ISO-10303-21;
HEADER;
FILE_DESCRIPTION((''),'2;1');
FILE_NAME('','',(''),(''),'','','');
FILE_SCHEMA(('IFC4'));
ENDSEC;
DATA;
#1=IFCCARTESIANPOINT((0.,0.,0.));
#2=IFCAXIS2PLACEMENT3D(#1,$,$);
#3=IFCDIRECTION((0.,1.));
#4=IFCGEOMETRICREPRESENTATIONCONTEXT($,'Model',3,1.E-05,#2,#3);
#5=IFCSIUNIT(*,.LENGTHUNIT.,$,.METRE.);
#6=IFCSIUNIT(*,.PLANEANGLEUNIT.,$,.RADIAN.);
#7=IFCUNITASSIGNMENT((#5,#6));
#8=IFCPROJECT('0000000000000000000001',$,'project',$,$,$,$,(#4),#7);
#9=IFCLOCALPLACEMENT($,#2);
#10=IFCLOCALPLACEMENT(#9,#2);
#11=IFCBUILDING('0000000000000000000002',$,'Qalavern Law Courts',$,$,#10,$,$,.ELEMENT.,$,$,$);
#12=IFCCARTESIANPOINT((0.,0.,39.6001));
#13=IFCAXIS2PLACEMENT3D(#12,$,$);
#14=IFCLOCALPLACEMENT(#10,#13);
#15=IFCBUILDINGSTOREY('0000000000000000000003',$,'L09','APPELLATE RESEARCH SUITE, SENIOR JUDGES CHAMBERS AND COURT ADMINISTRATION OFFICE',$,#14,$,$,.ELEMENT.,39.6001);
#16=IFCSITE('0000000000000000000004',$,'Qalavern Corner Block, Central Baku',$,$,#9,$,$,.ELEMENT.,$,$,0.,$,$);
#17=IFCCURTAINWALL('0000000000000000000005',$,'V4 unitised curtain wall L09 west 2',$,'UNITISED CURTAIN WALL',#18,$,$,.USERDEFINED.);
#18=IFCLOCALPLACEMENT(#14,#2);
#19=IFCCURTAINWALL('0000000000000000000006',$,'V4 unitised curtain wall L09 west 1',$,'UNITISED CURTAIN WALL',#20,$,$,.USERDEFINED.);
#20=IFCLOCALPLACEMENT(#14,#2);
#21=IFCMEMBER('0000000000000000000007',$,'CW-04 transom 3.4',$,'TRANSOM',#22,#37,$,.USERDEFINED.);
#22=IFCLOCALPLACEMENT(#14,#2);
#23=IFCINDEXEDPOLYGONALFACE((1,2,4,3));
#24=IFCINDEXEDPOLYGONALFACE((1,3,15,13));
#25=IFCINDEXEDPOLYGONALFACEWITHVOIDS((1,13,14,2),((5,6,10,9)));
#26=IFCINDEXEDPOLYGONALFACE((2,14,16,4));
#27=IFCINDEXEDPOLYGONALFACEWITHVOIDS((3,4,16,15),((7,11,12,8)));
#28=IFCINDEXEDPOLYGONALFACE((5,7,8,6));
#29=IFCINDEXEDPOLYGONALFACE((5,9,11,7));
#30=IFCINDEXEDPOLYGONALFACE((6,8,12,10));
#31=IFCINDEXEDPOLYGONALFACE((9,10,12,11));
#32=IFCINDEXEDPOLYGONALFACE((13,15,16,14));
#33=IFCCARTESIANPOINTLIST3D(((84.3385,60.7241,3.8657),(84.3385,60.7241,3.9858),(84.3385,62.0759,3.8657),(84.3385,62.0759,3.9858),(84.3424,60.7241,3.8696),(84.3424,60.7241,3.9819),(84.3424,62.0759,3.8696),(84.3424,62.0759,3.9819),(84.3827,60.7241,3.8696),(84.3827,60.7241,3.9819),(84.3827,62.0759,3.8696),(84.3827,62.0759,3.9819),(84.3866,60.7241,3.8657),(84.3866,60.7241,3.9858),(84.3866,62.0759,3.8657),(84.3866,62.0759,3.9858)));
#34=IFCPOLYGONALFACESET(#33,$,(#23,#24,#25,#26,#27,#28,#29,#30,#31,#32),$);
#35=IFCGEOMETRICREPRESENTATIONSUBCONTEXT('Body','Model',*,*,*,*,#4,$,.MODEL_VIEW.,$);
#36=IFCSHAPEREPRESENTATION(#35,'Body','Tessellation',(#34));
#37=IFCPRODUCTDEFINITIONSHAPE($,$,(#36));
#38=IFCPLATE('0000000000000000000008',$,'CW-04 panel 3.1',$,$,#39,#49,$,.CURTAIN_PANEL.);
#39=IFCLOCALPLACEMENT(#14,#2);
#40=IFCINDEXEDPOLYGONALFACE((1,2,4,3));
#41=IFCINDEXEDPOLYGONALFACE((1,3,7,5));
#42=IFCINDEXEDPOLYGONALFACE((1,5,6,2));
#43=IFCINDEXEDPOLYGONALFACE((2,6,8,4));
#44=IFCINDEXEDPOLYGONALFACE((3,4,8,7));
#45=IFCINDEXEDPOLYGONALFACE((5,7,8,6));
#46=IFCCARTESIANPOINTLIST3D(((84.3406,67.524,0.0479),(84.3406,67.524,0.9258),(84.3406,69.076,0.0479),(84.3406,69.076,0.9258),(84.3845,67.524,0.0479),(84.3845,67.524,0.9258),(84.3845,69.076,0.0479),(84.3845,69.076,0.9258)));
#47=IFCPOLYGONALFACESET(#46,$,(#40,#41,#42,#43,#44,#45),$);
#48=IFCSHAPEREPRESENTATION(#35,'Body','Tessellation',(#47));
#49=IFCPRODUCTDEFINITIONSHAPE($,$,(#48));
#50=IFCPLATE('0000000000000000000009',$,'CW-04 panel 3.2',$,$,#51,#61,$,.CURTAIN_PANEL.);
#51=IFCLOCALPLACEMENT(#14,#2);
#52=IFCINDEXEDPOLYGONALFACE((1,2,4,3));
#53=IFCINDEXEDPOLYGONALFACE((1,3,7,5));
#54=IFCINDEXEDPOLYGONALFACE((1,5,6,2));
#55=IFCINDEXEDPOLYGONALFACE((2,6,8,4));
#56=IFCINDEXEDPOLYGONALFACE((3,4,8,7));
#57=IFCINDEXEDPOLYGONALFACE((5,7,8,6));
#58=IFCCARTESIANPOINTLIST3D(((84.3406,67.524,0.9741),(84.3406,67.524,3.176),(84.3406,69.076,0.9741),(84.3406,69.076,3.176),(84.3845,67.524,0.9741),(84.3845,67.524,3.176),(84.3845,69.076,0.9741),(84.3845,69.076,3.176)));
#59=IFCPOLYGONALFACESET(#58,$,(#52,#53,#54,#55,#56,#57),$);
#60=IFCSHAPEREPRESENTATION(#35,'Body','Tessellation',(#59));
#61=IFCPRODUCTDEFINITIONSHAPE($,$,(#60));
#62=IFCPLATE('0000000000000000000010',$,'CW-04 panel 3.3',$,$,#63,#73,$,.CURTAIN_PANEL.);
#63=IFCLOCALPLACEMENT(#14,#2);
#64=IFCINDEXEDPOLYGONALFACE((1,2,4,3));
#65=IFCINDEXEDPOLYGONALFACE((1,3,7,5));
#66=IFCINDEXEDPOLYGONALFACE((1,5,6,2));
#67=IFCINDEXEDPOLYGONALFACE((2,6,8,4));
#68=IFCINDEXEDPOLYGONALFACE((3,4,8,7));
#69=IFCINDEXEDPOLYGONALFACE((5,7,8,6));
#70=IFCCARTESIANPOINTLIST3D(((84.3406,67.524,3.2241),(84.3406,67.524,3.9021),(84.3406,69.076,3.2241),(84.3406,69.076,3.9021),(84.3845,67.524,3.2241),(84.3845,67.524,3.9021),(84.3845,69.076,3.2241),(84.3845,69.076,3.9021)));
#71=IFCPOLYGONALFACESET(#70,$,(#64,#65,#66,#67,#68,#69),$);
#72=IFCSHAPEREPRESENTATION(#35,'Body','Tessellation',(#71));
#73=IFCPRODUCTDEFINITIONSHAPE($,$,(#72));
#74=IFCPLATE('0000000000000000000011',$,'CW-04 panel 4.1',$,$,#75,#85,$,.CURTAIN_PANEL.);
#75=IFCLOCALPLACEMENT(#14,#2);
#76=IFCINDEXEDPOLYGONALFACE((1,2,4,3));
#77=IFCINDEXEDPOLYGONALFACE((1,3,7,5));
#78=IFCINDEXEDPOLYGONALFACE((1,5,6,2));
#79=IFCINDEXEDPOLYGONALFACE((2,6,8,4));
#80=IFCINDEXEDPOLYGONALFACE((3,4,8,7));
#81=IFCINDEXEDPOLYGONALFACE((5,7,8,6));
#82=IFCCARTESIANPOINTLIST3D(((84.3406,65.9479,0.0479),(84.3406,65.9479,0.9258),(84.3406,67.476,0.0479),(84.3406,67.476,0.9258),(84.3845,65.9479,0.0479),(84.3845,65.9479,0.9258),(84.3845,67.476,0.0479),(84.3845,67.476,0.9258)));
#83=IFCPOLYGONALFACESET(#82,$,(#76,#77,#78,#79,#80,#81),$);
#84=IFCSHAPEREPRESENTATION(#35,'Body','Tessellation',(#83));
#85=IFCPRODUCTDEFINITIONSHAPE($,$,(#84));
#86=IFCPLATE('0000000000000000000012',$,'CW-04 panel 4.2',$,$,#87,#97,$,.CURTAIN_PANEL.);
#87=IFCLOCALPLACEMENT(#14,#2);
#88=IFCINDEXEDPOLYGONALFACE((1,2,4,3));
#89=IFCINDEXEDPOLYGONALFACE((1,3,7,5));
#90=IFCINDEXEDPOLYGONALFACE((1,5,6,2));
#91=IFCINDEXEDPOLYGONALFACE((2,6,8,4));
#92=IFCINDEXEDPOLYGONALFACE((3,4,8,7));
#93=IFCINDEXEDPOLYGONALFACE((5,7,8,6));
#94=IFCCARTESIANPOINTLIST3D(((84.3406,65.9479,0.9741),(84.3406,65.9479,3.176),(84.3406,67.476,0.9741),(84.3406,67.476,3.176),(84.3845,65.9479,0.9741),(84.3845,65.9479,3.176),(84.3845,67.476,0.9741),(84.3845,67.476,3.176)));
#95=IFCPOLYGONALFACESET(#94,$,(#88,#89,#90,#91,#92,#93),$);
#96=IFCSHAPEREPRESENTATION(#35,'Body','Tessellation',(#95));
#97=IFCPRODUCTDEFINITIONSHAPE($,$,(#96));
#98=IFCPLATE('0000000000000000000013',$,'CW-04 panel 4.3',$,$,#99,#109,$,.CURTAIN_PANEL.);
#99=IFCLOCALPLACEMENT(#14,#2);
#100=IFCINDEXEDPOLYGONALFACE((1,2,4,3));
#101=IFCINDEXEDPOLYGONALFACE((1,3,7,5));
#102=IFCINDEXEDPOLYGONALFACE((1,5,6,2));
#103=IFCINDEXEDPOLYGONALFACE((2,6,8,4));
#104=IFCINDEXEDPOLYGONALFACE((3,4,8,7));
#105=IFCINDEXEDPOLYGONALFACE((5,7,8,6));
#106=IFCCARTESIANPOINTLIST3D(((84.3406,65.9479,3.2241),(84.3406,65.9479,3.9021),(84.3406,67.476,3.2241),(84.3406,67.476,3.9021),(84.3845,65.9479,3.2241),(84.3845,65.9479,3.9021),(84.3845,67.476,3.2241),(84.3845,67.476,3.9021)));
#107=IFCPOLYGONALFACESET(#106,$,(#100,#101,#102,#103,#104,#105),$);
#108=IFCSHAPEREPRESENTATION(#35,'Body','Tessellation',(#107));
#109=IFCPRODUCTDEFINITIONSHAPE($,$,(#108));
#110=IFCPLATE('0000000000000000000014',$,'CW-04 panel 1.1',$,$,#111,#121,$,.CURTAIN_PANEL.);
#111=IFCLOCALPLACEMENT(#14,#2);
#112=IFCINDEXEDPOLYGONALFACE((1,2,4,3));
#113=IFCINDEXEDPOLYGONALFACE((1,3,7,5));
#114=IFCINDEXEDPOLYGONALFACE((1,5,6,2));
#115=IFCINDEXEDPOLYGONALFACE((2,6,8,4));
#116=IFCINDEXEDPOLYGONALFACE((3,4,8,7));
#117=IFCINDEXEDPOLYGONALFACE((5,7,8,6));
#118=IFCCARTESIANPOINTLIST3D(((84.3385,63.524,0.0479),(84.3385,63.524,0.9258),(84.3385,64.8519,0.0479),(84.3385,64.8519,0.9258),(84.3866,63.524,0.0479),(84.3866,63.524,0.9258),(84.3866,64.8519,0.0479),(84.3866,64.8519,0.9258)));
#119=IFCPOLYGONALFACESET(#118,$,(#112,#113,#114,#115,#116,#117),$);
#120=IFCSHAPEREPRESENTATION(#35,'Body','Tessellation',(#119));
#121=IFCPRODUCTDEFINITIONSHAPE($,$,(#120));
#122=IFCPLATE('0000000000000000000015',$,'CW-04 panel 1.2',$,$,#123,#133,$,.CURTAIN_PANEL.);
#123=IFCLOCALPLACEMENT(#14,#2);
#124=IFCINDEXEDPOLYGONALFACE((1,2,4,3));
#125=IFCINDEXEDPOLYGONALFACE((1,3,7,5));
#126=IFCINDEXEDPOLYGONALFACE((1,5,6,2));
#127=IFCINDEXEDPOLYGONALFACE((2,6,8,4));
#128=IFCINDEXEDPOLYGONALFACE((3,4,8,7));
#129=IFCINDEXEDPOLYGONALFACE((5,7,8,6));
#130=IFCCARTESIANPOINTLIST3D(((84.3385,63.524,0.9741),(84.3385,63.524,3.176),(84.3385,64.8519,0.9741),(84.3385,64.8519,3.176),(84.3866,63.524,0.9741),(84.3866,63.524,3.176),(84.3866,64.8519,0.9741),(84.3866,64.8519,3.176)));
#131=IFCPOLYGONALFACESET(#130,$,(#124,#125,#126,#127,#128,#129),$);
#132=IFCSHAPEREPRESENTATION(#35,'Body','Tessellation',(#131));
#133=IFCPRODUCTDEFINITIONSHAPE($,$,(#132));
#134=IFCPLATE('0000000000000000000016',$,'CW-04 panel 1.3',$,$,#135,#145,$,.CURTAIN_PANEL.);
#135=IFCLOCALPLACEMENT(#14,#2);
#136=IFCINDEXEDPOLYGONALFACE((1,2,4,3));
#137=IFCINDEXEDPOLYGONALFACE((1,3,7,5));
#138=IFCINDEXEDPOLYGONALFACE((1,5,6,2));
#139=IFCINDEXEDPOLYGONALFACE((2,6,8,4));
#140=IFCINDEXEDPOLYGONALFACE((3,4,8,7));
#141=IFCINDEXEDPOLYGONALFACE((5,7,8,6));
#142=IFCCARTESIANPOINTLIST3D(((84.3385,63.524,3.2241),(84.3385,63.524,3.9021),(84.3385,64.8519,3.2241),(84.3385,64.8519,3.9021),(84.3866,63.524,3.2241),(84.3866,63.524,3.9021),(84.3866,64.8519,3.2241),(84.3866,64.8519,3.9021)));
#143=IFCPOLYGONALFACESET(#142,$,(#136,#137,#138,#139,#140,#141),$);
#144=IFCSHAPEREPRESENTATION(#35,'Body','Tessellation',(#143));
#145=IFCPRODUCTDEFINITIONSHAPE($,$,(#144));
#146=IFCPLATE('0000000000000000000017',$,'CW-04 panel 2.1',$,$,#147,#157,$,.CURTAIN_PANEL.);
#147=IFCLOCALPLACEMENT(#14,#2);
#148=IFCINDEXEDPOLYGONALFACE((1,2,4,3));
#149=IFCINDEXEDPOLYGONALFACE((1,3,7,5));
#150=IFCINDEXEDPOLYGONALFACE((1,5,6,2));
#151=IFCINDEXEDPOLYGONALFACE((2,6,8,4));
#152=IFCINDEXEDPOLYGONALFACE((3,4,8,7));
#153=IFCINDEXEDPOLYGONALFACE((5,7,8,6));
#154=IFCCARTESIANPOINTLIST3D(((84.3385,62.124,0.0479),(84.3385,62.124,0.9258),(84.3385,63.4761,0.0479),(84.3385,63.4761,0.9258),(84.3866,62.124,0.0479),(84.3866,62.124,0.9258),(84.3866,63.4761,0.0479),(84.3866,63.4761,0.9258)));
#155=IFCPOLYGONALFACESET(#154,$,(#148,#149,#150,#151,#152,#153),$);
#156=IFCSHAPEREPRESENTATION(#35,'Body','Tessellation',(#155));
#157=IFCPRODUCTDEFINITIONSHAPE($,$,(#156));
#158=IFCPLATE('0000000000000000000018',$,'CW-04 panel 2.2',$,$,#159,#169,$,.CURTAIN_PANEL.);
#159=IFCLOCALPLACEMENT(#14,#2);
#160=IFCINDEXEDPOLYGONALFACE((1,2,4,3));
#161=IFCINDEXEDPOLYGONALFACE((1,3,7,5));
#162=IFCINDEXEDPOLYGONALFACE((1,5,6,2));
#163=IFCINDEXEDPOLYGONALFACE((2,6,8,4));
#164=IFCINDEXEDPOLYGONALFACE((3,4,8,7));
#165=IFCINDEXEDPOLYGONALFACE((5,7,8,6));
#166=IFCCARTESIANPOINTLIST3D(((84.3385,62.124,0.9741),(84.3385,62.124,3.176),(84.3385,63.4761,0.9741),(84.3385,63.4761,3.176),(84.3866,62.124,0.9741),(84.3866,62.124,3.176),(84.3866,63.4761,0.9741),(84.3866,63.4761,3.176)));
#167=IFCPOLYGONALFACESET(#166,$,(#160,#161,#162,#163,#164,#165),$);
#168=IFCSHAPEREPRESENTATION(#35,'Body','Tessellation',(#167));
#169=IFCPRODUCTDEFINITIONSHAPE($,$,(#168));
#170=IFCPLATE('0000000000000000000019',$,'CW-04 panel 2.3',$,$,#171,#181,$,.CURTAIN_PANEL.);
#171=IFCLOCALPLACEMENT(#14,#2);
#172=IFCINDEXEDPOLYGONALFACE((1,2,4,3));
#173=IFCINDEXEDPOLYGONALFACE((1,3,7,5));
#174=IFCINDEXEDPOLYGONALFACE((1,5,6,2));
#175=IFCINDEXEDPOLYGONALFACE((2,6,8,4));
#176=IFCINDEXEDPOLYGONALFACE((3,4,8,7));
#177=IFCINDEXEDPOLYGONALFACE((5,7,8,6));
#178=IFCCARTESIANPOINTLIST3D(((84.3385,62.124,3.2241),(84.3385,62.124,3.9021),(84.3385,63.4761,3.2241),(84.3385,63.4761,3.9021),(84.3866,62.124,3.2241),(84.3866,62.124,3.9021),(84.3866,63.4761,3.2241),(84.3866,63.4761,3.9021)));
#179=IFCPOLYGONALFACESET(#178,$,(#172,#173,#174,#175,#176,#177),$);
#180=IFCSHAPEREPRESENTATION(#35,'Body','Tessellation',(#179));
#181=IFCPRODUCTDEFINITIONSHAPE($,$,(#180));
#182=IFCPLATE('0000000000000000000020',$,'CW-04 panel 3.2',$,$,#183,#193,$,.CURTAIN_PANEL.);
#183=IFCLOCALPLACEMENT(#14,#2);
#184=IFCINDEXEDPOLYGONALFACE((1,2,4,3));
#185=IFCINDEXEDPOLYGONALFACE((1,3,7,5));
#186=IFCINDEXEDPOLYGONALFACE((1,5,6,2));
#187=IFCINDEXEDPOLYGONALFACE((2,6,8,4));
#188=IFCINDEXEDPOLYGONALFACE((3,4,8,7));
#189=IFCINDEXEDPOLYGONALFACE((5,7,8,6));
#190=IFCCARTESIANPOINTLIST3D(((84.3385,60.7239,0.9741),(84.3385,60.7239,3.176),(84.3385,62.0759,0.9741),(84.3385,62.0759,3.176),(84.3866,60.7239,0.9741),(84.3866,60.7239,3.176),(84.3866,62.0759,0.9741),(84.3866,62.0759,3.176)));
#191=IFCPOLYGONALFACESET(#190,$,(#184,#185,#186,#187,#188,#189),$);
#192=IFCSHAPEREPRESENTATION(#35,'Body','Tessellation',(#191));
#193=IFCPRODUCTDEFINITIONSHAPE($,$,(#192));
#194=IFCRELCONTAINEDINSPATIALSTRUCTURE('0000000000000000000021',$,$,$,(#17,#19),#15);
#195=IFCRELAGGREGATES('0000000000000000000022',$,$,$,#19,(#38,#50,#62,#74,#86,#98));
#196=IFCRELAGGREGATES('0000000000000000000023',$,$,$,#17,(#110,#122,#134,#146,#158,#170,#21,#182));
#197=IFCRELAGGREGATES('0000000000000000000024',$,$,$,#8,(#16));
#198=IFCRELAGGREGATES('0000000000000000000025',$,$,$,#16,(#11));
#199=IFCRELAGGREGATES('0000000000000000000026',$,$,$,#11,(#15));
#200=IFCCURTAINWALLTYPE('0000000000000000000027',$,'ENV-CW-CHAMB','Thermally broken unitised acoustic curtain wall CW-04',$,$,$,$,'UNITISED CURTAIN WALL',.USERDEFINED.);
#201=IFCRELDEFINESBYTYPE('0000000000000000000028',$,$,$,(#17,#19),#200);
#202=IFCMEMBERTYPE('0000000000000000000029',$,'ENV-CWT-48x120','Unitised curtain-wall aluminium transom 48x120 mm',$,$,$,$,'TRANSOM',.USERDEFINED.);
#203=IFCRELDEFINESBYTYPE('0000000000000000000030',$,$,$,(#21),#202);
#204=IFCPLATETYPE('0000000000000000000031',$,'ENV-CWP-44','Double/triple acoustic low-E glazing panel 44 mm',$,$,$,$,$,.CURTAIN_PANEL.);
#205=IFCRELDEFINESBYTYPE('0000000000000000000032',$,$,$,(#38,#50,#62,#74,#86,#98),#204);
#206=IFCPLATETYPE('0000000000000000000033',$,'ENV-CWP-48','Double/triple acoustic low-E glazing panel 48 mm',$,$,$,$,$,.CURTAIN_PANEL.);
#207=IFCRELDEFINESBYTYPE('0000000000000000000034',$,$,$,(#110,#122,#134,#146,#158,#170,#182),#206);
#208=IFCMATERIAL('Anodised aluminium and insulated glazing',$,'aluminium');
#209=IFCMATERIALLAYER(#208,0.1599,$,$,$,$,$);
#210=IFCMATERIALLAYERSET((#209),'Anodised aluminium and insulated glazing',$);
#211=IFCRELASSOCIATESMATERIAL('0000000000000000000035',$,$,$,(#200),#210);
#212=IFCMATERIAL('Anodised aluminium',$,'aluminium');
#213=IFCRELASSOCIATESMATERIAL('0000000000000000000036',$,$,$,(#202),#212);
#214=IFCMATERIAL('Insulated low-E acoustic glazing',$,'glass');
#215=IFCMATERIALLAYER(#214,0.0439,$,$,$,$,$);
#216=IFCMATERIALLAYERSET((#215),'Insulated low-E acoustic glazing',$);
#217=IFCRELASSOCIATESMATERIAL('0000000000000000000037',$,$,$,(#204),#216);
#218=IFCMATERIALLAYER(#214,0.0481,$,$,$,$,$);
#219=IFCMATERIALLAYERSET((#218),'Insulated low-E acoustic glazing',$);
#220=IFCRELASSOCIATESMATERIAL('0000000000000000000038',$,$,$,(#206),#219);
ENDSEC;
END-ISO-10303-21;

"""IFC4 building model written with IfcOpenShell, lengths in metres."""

from ifc_helpers import new_model, si_unit, direction, frame, origin, origin_2d, place, context, subcontext, project, spatial, rectangle, hollow_rectangle, extrude, material, layer, layer_set, material_profile, profile_set, type_object, element, aggregate, save


model = new_model("IFC4")

# Units and contexts
model_context = context("Model", 3, precision=1e-05, world=origin(), true_north=direction((0.0, 1.0)))
body_context = subcontext(model_context, "Body", "Model", "MODEL_VIEW")
ifc_project = project(units=[si_unit("LENGTHUNIT", "METRE"), si_unit("PLANEANGLEUNIT", "RADIAN")], contexts=[model_context])

# Site, building, storey
site_placement = place(None, origin())
site = spatial("IfcSite", under=ifc_project, at=site_placement, Name="Qalavern Corner Block, Central Baku", CompositionType="ELEMENT", RefElevation=0.0)
building_placement = place(site_placement, origin())
building = spatial("IfcBuilding", under=site, at=building_placement, Name="Qalavern Law Courts", CompositionType="ELEMENT")
storey_placement = place(building_placement, frame((0.0, 0.0, 39.6001)))
storey = spatial("IfcBuildingStorey", under=building, at=storey_placement, Name="L09", Description="APPELLATE RESEARCH SUITE, SENIOR JUDGES CHAMBERS AND COURT ADMINISTRATION OFFICE", CompositionType="ELEMENT", Elevation=39.6001)

# Curtain walls
ifc_material_1 = material(Name="Anodised aluminium and insulated glazing", Category="aluminium")
ifc_layer_1 = layer(ifc_material_1, 0.1599)
ifc_layer_set_1 = layer_set([ifc_layer_1], Name="Anodised aluminium and insulated glazing")
curtain_wall_type = type_object("IfcCurtainWallType", Name="ENV-CW-CHAMB", Description="Thermally broken unitised acoustic curtain wall CW-04", ElementType="UNITISED CURTAIN WALL", PredefinedType="USERDEFINED", material=ifc_layer_set_1)
curtain_wall_1_placement = place(storey_placement, origin())
curtain_wall_1 = element("IfcCurtainWall", 1, at=curtain_wall_1_placement, inside=storey, type_object=curtain_wall_type, Name="V4 unitised curtain wall L09 west 2", ObjectType="UNITISED CURTAIN WALL", PredefinedType="USERDEFINED")
ifc_material_2 = material(Name="Anodised aluminium", Category="aluminium")
curtain_wall_2_placement = place(storey_placement, origin())
curtain_wall_2 = element("IfcCurtainWall", 2, at=curtain_wall_2_placement, inside=storey, type_object=curtain_wall_type, Name="V4 unitised curtain wall L09 west 1", ObjectType="UNITISED CURTAIN WALL", PredefinedType="USERDEFINED")
ifc_material_profile_1 = material_profile(ifc_material_2, hollow_rectangle(XDim=0.0481, YDim=0.1201, WallThickness=0.0039, at=origin_2d()), Name="ALU TRANSOM 48x120")
ifc_profile_set_1 = profile_set([ifc_material_profile_1], Name="Anodised aluminium")
member_type_1 = type_object("IfcMemberType", Name="ENV-CWT-48x120", Description="Unitised curtain-wall aluminium transom 48x120 mm", ElementType="TRANSOM", PredefinedType="USERDEFINED", material=ifc_profile_set_1)

# Member
member_1_placement = place(storey_placement, frame((84.3625, 62.0759, 3.9258), z_axis=(0.0, -1.0, 0.0), x_axis=(1.0, 0.0, 0.0)))
member_1 = element("IfcMember", 3, at=member_1_placement, type_object=member_type_1, Name="CW-04 transom 3.4", ObjectType="TRANSOM", PredefinedType="USERDEFINED", context=body_context, shape_type="SweptSolid", body=[
    extrude(hollow_rectangle(XDim=0.0481, YDim=0.1201, WallThickness=0.0039, at=origin_2d()), origin(), (0.0, 0.0, 1.0), 1.3518),
])

# Plates
ifc_material_3 = material(Name="Insulated low-E acoustic glazing", Category="glass")
ifc_layer_2 = layer(ifc_material_3, 0.0439)
ifc_layer_set_2 = layer_set([ifc_layer_2], Name="Insulated low-E acoustic glazing")
plate_type_1 = type_object("IfcPlateType", Name="ENV-CWP-44", Description="Double/triple acoustic low-E glazing panel 44 mm", PredefinedType="CURTAIN_PANEL", material=ifc_layer_set_2)
plate_1_placement = place(storey_placement, frame((84.3625, 68.3, 0.0479), z_axis=(0.0, 0.0, 1.0), x_axis=(0.0, -1.0, 0.0)))
plate_1 = element("IfcPlate", 4, at=plate_1_placement, type_object=plate_type_1, Name="CW-04 panel 3.1", PredefinedType="CURTAIN_PANEL", context=body_context, shape_type="SweptSolid", body=[
    extrude(rectangle(XDim=1.552, YDim=0.0439, at=origin_2d()), origin(), (0.0, 0.0, 1.0), 0.8779),
])
plate_2_placement = place(storey_placement, frame((84.3625, 68.3, 0.9741), z_axis=(0.0, 0.0, 1.0), x_axis=(0.0, -1.0, 0.0)))
plate_2 = element("IfcPlate", 5, at=plate_2_placement, type_object=plate_type_1, Name="CW-04 panel 3.2", PredefinedType="CURTAIN_PANEL", context=body_context, shape_type="SweptSolid", body=[
    extrude(rectangle(XDim=1.552, YDim=0.0439, at=origin_2d()), origin(), (0.0, 0.0, 1.0), 2.2019),
])
plate_3_placement = place(storey_placement, frame((84.3625, 68.3, 3.2241), z_axis=(0.0, 0.0, 1.0), x_axis=(0.0, -1.0, 0.0)))
plate_3 = element("IfcPlate", 6, at=plate_3_placement, type_object=plate_type_1, Name="CW-04 panel 3.3", PredefinedType="CURTAIN_PANEL", context=body_context, shape_type="SweptSolid", body=[
    extrude(rectangle(XDim=1.552, YDim=0.0439, at=origin_2d()), origin(), (0.0, 0.0, 1.0), 0.678),
])
plate_4_placement = place(storey_placement, frame((84.3625, 66.7119, 0.0479), z_axis=(0.0, 0.0, 1.0), x_axis=(0.0, -1.0, 0.0)))
plate_4 = element("IfcPlate", 7, at=plate_4_placement, type_object=plate_type_1, Name="CW-04 panel 4.1", PredefinedType="CURTAIN_PANEL", context=body_context, shape_type="SweptSolid", body=[
    extrude(rectangle(XDim=1.5281, YDim=0.0439, at=origin_2d()), origin(), (0.0, 0.0, 1.0), 0.8779),
])
plate_5_placement = place(storey_placement, frame((84.3625, 66.7119, 0.9741), z_axis=(0.0, 0.0, 1.0), x_axis=(0.0, -1.0, 0.0)))
plate_5 = element("IfcPlate", 8, at=plate_5_placement, type_object=plate_type_1, Name="CW-04 panel 4.2", PredefinedType="CURTAIN_PANEL", context=body_context, shape_type="SweptSolid", body=[
    extrude(rectangle(XDim=1.5281, YDim=0.0439, at=origin_2d()), origin(), (0.0, 0.0, 1.0), 2.2019),
])
plate_6_placement = place(storey_placement, frame((84.3625, 66.7119, 3.2241), z_axis=(0.0, 0.0, 1.0), x_axis=(0.0, -1.0, 0.0)))
plate_6 = element("IfcPlate", 9, at=plate_6_placement, type_object=plate_type_1, Name="CW-04 panel 4.3", PredefinedType="CURTAIN_PANEL", context=body_context, shape_type="SweptSolid", body=[
    extrude(rectangle(XDim=1.5281, YDim=0.0439, at=origin_2d()), origin(), (0.0, 0.0, 1.0), 0.678),
])
aggregate(curtain_wall_2, [plate_1, plate_2, plate_3, plate_4, plate_5, plate_6])
ifc_layer_3 = layer(ifc_material_3, 0.0481)
ifc_layer_set_3 = layer_set([ifc_layer_3], Name="Insulated low-E acoustic glazing")
plate_type_2 = type_object("IfcPlateType", Name="ENV-CWP-48", Description="Double/triple acoustic low-E glazing panel 48 mm", PredefinedType="CURTAIN_PANEL", material=ifc_layer_set_3)
plate_7_placement = place(storey_placement, frame((84.3625, 64.188, 0.0479), z_axis=(0.0, 0.0, 1.0), x_axis=(0.0, -1.0, 0.0)))
plate_7 = element("IfcPlate", 10, at=plate_7_placement, type_object=plate_type_2, Name="CW-04 panel 1.1", PredefinedType="CURTAIN_PANEL", context=body_context, shape_type="SweptSolid", body=[
    extrude(rectangle(XDim=1.3279, YDim=0.0481, at=origin_2d()), origin(), (0.0, 0.0, 1.0), 0.8779),
])
plate_8_placement = place(storey_placement, frame((84.3625, 64.188, 0.9741), z_axis=(0.0, 0.0, 1.0), x_axis=(0.0, -1.0, 0.0)))
plate_8 = element("IfcPlate", 11, at=plate_8_placement, type_object=plate_type_2, Name="CW-04 panel 1.2", PredefinedType="CURTAIN_PANEL", context=body_context, shape_type="SweptSolid", body=[
    extrude(rectangle(XDim=1.3279, YDim=0.0481, at=origin_2d()), origin(), (0.0, 0.0, 1.0), 2.2019),
])
plate_9_placement = place(storey_placement, frame((84.3625, 64.188, 3.2241), z_axis=(0.0, 0.0, 1.0), x_axis=(0.0, -1.0, 0.0)))
plate_9 = element("IfcPlate", 12, at=plate_9_placement, type_object=plate_type_2, Name="CW-04 panel 1.3", PredefinedType="CURTAIN_PANEL", context=body_context, shape_type="SweptSolid", body=[
    extrude(rectangle(XDim=1.3279, YDim=0.0481, at=origin_2d()), origin(), (0.0, 0.0, 1.0), 0.678),
])
plate_10_placement = place(storey_placement, frame((84.3625, 62.8, 0.0479), z_axis=(0.0, 0.0, 1.0), x_axis=(0.0, -1.0, 0.0)))
plate_10 = element("IfcPlate", 13, at=plate_10_placement, type_object=plate_type_2, Name="CW-04 panel 2.1", PredefinedType="CURTAIN_PANEL", context=body_context, shape_type="SweptSolid", body=[
    extrude(rectangle(XDim=1.3521, YDim=0.0481, at=origin_2d()), origin(), (0.0, 0.0, 1.0), 0.8779),
])
plate_11_placement = place(storey_placement, frame((84.3625, 62.8, 0.9741), z_axis=(0.0, 0.0, 1.0), x_axis=(0.0, -1.0, 0.0)))
plate_11 = element("IfcPlate", 14, at=plate_11_placement, type_object=plate_type_2, Name="CW-04 panel 2.2", PredefinedType="CURTAIN_PANEL", context=body_context, shape_type="SweptSolid", body=[
    extrude(rectangle(XDim=1.3521, YDim=0.0481, at=origin_2d()), origin(), (0.0, 0.0, 1.0), 2.2019),
])
plate_12_placement = place(storey_placement, frame((84.3625, 62.8, 3.2241), z_axis=(0.0, 0.0, 1.0), x_axis=(0.0, -1.0, 0.0)))
plate_12 = element("IfcPlate", 15, at=plate_12_placement, type_object=plate_type_2, Name="CW-04 panel 2.3", PredefinedType="CURTAIN_PANEL", context=body_context, shape_type="SweptSolid", body=[
    extrude(rectangle(XDim=1.3521, YDim=0.0481, at=origin_2d()), origin(), (0.0, 0.0, 1.0), 0.678),
])
plate_13_placement = place(storey_placement, frame((84.3625, 61.3999, 0.9741), z_axis=(0.0, 0.0, 1.0), x_axis=(0.0, -1.0, 0.0)))
plate_13 = element("IfcPlate", 16, at=plate_13_placement, type_object=plate_type_2, Name="CW-04 panel 3.2", PredefinedType="CURTAIN_PANEL", context=body_context, shape_type="SweptSolid", body=[
    extrude(rectangle(XDim=1.3521, YDim=0.0481, at=origin_2d()), origin(), (0.0, 0.0, 1.0), 2.2019),
])
aggregate(curtain_wall_1, [plate_7, plate_8, plate_9, plate_10, plate_11, plate_12, member_1, plate_13])

save(model, "model.ifc")
